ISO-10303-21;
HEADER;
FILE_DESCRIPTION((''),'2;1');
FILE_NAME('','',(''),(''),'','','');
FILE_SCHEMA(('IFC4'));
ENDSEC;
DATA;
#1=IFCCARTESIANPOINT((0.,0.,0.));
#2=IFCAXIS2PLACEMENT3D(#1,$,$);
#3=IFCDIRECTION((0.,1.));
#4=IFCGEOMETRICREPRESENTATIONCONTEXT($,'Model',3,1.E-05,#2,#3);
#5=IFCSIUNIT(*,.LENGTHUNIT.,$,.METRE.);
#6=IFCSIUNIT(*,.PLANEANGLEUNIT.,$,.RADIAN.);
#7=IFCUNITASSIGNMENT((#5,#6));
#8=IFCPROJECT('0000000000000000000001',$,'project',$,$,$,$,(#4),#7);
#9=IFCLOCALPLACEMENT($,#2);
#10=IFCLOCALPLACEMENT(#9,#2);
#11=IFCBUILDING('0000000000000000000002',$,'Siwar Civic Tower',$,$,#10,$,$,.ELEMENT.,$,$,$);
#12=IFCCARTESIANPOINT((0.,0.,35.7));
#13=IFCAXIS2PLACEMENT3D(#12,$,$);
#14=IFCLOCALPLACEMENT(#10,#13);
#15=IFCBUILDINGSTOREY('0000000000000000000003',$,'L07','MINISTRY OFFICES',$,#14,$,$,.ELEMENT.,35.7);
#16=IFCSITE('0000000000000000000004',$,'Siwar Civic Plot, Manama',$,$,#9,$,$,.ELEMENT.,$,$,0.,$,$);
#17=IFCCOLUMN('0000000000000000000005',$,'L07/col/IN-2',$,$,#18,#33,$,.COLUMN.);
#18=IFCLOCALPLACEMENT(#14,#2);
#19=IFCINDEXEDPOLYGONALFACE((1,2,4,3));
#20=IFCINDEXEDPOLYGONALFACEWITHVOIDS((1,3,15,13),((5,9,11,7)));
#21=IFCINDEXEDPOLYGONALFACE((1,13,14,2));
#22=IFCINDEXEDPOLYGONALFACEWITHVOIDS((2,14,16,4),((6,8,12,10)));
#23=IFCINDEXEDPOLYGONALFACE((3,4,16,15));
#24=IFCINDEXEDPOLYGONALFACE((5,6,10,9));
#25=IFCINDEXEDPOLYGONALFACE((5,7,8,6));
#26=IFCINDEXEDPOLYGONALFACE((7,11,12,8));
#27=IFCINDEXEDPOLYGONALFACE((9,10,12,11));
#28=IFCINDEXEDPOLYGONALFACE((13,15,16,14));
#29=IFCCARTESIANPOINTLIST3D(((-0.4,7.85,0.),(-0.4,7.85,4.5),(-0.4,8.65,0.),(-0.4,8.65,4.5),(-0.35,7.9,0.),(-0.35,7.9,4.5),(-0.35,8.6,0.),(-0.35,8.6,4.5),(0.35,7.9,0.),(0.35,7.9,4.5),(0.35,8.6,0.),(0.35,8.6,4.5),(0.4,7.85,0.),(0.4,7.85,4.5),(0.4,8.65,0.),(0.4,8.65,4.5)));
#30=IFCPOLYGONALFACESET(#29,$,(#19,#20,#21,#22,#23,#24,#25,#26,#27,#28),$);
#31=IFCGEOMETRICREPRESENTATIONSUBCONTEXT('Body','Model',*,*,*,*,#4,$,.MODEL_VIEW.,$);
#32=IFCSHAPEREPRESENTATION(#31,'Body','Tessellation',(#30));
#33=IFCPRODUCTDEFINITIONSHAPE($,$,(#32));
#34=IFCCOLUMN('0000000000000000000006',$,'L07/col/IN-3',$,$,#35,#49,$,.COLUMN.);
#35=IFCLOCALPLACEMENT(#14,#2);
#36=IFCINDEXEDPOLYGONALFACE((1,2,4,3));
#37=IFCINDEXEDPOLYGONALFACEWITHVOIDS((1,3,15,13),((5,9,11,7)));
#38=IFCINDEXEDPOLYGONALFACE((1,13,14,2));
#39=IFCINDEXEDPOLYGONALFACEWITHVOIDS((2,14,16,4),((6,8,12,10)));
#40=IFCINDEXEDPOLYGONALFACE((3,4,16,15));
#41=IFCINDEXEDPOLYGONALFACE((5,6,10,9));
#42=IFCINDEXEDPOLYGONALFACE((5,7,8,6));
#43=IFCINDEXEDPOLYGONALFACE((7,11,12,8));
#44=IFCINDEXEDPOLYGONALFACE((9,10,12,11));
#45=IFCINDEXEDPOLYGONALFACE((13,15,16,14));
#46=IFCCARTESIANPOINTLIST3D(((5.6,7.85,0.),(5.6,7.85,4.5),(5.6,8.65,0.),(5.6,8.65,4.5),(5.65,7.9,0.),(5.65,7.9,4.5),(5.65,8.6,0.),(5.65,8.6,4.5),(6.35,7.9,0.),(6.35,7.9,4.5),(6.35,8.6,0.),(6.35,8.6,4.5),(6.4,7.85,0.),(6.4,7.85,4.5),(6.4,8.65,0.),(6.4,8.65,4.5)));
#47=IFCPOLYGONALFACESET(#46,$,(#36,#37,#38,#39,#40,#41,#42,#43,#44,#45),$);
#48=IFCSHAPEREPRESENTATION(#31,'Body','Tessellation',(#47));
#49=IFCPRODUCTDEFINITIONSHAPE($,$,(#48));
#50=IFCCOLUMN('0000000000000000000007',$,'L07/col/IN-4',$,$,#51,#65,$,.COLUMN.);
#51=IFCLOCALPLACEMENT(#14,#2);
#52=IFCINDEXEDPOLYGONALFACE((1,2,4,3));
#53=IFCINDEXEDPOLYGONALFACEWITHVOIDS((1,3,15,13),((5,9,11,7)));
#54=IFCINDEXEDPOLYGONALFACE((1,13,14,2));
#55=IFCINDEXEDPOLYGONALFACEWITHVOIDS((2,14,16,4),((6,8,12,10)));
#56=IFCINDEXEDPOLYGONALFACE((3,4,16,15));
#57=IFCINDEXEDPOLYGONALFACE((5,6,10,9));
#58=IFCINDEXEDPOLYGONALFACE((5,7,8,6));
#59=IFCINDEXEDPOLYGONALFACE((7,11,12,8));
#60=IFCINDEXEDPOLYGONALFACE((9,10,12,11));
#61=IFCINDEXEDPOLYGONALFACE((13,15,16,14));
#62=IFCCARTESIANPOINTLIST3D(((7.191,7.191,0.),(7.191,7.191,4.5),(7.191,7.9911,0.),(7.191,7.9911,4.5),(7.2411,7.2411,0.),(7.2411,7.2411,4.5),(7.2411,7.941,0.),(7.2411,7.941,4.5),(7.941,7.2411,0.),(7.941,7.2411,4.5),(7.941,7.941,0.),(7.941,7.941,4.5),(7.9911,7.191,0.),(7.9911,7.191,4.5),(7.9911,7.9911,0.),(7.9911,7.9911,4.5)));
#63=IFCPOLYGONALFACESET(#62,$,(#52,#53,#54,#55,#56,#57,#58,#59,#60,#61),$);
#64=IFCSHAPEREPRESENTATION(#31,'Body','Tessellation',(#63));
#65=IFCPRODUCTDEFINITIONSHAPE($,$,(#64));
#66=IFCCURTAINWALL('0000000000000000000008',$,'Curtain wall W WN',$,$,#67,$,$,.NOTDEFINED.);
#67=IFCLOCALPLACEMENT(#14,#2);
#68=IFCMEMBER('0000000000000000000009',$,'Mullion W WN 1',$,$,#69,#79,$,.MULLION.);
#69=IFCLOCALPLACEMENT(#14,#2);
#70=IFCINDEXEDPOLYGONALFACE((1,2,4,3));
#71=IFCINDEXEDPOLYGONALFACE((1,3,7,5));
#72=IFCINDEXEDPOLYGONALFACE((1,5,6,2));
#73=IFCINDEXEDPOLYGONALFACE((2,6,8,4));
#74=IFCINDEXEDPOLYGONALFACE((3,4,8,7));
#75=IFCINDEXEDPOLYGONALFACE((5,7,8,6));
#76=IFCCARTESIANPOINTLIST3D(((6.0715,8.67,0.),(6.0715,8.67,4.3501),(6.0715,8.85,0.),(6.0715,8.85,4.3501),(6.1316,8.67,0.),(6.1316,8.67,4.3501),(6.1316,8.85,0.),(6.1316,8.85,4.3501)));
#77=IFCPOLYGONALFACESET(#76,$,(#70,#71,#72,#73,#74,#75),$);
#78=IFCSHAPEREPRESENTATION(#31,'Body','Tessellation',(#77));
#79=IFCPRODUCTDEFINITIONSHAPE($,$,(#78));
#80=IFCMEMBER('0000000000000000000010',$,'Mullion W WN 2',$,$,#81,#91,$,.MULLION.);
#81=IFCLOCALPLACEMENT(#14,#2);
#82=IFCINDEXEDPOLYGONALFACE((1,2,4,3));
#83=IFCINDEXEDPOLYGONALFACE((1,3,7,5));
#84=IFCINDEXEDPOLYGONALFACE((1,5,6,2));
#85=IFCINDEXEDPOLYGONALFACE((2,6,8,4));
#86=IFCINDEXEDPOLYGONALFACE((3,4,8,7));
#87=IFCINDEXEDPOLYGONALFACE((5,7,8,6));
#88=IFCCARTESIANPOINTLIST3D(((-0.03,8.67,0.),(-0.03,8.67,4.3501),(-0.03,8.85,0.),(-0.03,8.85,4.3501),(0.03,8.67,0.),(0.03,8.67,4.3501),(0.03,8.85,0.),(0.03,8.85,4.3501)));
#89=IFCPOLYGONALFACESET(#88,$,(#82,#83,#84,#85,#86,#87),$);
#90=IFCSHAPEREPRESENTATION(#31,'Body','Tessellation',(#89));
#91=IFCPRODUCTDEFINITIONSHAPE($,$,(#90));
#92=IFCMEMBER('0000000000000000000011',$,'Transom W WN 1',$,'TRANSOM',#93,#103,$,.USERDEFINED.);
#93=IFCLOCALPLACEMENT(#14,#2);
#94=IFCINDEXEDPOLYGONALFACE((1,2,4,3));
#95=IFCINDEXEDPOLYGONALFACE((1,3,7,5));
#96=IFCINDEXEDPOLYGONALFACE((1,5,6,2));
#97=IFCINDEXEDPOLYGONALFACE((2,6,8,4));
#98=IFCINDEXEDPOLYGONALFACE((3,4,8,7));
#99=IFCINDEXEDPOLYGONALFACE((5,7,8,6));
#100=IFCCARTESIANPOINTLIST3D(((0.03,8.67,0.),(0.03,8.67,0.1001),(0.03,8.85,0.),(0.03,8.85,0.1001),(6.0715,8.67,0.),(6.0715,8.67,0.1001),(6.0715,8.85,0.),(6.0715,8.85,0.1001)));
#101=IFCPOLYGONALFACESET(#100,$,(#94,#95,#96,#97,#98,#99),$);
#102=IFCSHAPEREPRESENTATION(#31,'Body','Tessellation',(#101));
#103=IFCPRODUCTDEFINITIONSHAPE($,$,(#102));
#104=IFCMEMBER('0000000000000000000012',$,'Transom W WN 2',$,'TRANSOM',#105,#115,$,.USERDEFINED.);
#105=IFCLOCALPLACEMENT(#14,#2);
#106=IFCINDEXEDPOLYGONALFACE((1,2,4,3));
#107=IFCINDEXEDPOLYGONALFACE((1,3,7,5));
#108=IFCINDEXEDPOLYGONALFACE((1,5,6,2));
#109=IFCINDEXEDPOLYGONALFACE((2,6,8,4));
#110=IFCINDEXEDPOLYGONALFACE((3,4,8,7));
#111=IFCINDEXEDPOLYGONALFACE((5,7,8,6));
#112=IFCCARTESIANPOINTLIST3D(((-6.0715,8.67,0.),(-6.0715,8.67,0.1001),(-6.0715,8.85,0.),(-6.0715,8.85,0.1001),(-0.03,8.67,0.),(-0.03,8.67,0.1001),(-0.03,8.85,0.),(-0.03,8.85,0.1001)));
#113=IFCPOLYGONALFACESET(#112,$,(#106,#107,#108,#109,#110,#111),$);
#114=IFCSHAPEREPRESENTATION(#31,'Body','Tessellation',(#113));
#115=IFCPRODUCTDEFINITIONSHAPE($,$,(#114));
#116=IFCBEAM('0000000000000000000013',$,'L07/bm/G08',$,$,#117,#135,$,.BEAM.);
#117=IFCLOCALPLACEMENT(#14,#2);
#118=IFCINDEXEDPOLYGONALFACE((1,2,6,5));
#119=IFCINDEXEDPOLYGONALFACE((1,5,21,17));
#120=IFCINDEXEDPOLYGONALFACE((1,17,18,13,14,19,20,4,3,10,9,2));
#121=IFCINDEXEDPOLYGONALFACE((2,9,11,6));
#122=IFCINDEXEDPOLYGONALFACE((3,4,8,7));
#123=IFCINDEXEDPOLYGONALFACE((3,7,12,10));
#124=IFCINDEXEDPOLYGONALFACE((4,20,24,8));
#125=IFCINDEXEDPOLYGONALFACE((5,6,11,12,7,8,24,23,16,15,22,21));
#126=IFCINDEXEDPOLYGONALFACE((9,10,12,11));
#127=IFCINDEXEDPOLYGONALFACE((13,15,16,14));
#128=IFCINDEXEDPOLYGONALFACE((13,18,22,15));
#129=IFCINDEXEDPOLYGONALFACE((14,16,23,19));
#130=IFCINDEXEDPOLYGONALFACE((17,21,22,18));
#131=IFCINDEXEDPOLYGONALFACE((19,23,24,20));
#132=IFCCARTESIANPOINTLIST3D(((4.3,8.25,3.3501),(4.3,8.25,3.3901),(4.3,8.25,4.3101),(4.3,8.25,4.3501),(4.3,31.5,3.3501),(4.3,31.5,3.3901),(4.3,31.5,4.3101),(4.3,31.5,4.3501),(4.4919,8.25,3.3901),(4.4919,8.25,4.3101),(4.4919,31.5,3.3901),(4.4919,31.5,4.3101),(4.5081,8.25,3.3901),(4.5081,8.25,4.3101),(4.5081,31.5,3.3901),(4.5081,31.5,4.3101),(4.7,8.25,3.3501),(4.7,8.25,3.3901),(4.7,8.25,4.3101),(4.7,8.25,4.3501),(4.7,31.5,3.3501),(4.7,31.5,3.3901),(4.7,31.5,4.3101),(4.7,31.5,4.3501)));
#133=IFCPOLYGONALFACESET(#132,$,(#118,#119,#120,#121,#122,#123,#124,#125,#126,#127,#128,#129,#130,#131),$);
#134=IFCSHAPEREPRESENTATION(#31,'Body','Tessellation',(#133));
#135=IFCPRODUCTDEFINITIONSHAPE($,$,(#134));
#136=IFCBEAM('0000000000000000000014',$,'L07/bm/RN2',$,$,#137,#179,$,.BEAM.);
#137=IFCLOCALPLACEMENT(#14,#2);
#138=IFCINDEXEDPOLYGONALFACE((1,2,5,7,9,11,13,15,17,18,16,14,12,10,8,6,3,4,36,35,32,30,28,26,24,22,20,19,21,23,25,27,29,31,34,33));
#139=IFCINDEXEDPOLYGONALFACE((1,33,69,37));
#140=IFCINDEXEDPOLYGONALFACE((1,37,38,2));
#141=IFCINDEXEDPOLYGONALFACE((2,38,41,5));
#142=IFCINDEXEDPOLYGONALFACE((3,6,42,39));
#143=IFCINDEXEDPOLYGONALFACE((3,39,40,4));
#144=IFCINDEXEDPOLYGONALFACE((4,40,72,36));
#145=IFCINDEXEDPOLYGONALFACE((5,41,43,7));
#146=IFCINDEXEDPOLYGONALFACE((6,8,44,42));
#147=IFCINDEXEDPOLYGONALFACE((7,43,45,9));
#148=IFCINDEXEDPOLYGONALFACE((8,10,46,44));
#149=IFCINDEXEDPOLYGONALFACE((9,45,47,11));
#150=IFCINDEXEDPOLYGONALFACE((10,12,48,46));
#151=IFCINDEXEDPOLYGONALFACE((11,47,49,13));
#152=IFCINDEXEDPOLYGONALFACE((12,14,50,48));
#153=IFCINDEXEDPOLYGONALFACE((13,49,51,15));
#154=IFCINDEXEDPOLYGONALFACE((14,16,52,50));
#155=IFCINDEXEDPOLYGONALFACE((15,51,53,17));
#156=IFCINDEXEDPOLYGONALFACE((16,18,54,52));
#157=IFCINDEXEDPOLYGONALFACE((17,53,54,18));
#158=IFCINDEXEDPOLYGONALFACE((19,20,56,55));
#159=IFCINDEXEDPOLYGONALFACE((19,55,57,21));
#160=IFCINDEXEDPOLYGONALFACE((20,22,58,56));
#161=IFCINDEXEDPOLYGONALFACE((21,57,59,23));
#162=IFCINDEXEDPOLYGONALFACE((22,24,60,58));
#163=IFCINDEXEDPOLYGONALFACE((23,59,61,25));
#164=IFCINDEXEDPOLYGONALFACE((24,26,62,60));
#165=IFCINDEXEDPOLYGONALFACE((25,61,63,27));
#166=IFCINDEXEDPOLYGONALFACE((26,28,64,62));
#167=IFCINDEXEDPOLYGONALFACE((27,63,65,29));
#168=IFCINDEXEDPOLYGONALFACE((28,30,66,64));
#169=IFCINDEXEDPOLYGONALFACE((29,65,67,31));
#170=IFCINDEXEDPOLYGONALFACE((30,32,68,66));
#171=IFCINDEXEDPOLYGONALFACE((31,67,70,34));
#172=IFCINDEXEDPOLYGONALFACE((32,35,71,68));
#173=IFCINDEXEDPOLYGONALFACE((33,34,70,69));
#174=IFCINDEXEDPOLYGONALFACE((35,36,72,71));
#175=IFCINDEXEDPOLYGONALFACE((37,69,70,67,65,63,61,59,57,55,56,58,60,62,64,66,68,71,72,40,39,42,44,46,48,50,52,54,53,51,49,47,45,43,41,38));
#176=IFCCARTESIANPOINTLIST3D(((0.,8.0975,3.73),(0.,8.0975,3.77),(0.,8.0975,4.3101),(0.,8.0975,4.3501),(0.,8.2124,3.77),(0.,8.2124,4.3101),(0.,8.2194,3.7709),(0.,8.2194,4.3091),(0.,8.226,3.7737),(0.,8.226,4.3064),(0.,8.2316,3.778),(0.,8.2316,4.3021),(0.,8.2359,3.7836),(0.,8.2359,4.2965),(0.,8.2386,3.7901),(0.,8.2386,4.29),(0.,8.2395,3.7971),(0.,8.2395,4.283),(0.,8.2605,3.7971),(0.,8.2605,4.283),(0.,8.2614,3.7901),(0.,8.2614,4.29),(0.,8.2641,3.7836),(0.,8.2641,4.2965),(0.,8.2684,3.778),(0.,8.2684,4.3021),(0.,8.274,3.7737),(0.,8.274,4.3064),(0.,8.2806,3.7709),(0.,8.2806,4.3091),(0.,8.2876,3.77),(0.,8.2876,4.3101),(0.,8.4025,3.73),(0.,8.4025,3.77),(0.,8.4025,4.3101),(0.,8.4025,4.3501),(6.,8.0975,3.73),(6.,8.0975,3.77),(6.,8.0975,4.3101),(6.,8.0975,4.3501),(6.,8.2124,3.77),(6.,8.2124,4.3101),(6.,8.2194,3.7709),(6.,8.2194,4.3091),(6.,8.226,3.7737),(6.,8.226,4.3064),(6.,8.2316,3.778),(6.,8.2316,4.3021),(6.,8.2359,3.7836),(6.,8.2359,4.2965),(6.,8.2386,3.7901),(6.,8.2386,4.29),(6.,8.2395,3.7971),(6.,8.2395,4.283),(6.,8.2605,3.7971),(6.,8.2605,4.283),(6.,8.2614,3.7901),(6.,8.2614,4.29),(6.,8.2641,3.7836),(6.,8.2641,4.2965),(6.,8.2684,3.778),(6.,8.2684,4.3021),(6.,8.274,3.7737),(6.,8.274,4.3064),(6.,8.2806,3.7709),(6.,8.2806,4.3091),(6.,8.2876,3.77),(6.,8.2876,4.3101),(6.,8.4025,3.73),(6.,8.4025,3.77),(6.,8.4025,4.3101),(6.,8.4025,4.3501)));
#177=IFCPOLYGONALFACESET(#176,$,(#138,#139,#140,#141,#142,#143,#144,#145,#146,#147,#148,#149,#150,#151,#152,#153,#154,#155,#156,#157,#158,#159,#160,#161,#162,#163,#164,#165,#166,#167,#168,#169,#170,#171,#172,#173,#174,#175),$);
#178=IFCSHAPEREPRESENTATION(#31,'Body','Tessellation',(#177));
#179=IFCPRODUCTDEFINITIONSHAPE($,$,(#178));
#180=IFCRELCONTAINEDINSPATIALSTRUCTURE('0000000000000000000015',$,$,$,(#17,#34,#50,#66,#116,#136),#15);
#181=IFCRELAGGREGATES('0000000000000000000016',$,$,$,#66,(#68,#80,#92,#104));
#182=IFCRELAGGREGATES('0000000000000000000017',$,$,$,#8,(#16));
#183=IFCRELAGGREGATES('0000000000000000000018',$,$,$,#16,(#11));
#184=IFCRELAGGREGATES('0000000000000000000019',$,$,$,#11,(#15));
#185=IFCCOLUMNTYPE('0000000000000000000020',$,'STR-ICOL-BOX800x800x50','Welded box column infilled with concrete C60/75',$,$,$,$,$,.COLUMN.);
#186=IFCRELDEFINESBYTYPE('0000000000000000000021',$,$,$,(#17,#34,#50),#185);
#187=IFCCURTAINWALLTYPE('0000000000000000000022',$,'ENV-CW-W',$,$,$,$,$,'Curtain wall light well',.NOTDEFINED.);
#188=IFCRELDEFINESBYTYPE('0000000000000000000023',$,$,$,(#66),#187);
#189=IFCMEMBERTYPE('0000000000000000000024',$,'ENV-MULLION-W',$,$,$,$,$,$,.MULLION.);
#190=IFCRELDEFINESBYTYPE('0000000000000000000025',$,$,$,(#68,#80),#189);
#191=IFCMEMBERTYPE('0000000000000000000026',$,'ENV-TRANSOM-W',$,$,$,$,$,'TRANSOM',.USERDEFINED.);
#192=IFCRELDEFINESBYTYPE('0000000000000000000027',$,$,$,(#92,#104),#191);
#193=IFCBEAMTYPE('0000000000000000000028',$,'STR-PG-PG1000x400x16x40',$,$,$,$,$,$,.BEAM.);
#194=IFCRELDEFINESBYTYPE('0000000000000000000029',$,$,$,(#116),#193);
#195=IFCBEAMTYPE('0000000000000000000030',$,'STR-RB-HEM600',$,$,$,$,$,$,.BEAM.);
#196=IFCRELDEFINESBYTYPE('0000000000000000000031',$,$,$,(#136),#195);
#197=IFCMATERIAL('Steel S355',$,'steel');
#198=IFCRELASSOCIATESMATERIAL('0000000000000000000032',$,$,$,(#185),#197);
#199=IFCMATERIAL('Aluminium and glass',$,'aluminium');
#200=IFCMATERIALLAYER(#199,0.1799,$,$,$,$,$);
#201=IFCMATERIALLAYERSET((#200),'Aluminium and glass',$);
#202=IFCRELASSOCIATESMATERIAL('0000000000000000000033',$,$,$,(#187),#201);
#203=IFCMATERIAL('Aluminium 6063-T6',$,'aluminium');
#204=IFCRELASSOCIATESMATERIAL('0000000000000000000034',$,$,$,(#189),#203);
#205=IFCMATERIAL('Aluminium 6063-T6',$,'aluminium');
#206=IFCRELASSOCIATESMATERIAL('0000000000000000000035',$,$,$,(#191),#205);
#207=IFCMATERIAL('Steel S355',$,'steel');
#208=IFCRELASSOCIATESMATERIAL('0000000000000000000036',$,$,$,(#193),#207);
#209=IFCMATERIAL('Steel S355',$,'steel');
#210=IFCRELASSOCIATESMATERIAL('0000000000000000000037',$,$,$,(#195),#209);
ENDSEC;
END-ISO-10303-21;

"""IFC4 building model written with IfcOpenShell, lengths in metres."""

from ifc_helpers import new_model, si_unit, direction, frame, origin, origin_2d, place, context, subcontext, project, spatial, rectangle, hollow_rectangle, i_section, extrude, material, layer, layer_set, material_profile, profile_set, type_object, element, aggregate, save


model = new_model("IFC4")

# Units and contexts
model_context = context("Model", 3, precision=1e-05, world=origin(), true_north=direction((0.0, 1.0)))
body_context = subcontext(model_context, "Body", "Model", "MODEL_VIEW")
ifc_project = project(units=[si_unit("LENGTHUNIT", "METRE"), si_unit("PLANEANGLEUNIT", "RADIAN")], contexts=[model_context])

# Site, building, storey
site_placement = place(None, origin())
site = spatial("IfcSite", under=ifc_project, at=site_placement, Name="Siwar Civic Plot, Manama", CompositionType="ELEMENT", RefElevation=0.0)
building_placement = place(site_placement, origin())
building = spatial("IfcBuilding", under=site, at=building_placement, Name="Siwar Civic Tower", CompositionType="ELEMENT")
storey_placement = place(building_placement, frame((0.0, 0.0, 35.7)))
storey = spatial("IfcBuildingStorey", under=building, at=storey_placement, Name="L07", Description="MINISTRY OFFICES", CompositionType="ELEMENT", Elevation=35.7)

# Columns
ifc_material_1 = material(Name="Steel S355", Category="steel")
ifc_material_profile_1 = material_profile(ifc_material_1, hollow_rectangle(XDim=0.8, YDim=0.8, WallThickness=0.05, at=origin_2d()), Name="BOX800x800x50")
ifc_profile_set_1 = profile_set([ifc_material_profile_1], Name="Steel S355")
column_type = type_object("IfcColumnType", Name="STR-ICOL-BOX800x800x50", Description="Welded box column infilled with concrete C60/75", PredefinedType="COLUMN", material=ifc_profile_set_1)
for number, where, z_axis, x_axis, name in (
    (1, (0.0, 8.25, 0.0), (0.0, 0.0, 1.0), (1.0, 0.0, 0.0), "L07/col/IN-2"),
    (2, (6.0, 8.25, 0.0), (0.0, 0.0, 1.0), (1.0, 0.0, 0.0), "L07/col/IN-3"),
    (3, (7.5911, 7.5911, 0.0), (0.0, 0.0, 1.0), (1.0, 0.0, 0.0), "L07/col/IN-4"),
):
    element("IfcColumn", number, at=place(storey_placement, frame(where, z_axis=z_axis, x_axis=x_axis)), inside=storey, type_object=column_type, Name=name, PredefinedType="COLUMN", context=body_context, shape_type="SweptSolid", body=[
        extrude(hollow_rectangle(XDim=0.8, YDim=0.8, WallThickness=0.05, at=origin_2d()), origin(), (0.0, 0.0, 1.0), 4.5),
    ])

# Curtain wall, members
ifc_material_2 = material(Name="Aluminium and glass", Category="aluminium")
ifc_layer_1 = layer(ifc_material_2, 0.1799)
ifc_layer_set_1 = layer_set([ifc_layer_1], Name="Aluminium and glass")
curtain_wall_type = type_object("IfcCurtainWallType", Name="ENV-CW-W", ElementType="Curtain wall light well", PredefinedType="NOTDEFINED", material=ifc_layer_set_1)
curtain_wall_placement = place(storey_placement, origin())
curtain_wall = element("IfcCurtainWall", 4, at=curtain_wall_placement, inside=storey, type_object=curtain_wall_type, Name="Curtain wall W WN", PredefinedType="NOTDEFINED")
ifc_material_3 = material(Name="Aluminium 6063-T6", Category="aluminium")
ifc_material_profile_2 = material_profile(ifc_material_3, rectangle(XDim=0.1799, YDim=0.0601, at=origin_2d()), Name="AL 180x60")
ifc_profile_set_2 = profile_set([ifc_material_profile_2], Name="Aluminium 6063-T6")
member_type_1 = type_object("IfcMemberType", Name="ENV-MULLION-W", PredefinedType="MULLION", material=ifc_profile_set_2)
member_1_placement = place(storey_placement, frame((6.1016, 8.76, 0.0), z_axis=(0.0, 0.0, 1.0), x_axis=(0.0, -1.0, 0.0)))
member_1 = element("IfcMember", 5, at=member_1_placement, type_object=member_type_1, Name="Mullion W WN 1", PredefinedType="MULLION", context=body_context, shape_type="SweptSolid", body=[
    extrude(rectangle(XDim=0.1799, YDim=0.0601, at=origin_2d()), origin(), (0.0, 0.0, 1.0), 4.3501),
])
member_2_placement = place(storey_placement, frame((0.0, 8.76, 0.0), z_axis=(0.0, 0.0, 1.0), x_axis=(0.0, -1.0, 0.0)))
member_2 = element("IfcMember", 6, at=member_2_placement, type_object=member_type_1, Name="Mullion W WN 2", PredefinedType="MULLION", context=body_context, shape_type="SweptSolid", body=[
    extrude(rectangle(XDim=0.1799, YDim=0.0601, at=origin_2d()), origin(), (0.0, 0.0, 1.0), 4.3501),
])
ifc_material_4 = material(Name="Aluminium 6063-T6", Category="aluminium")
ifc_material_profile_3 = material_profile(ifc_material_4, rectangle(XDim=0.1799, YDim=0.1001, at=origin_2d()), Name="AL 180x100")
ifc_profile_set_3 = profile_set([ifc_material_profile_3], Name="Aluminium 6063-T6")
member_type_2 = type_object("IfcMemberType", Name="ENV-TRANSOM-W", ElementType="TRANSOM", PredefinedType="USERDEFINED", material=ifc_profile_set_3)
member_3_placement = place(storey_placement, frame((6.0715, 8.76, 0.05), z_axis=(-1.0, 0.0, 0.0), x_axis=(0.0, -1.0, 0.0)))
member_3 = element("IfcMember", 7, at=member_3_placement, type_object=member_type_2, Name="Transom W WN 1", ObjectType="TRANSOM", PredefinedType="USERDEFINED", context=body_context, shape_type="SweptSolid", body=[
    extrude(rectangle(XDim=0.1799, YDim=0.1001, at=origin_2d()), origin(), (0.0, 0.0, 1.0), 6.0415),
])
member_4_placement = place(storey_placement, frame((-0.03, 8.76, 0.05), z_axis=(-1.0, 0.0, 0.0), x_axis=(0.0, -1.0, 0.0)))
member_4 = element("IfcMember", 8, at=member_4_placement, type_object=member_type_2, Name="Transom W WN 2", ObjectType="TRANSOM", PredefinedType="USERDEFINED", context=body_context, shape_type="SweptSolid", body=[
    extrude(rectangle(XDim=0.1799, YDim=0.1001, at=origin_2d()), origin(), (0.0, 0.0, 1.0), 6.0415),
])

# Beams
ifc_material_5 = material(Name="Steel S355", Category="steel")
ifc_material_profile_4 = material_profile(ifc_material_5, i_section(OverallWidth=0.3999, OverallDepth=1.0, WebThickness=0.0161, FlangeThickness=0.04, at=origin_2d()), Name="PG1000x400x16x40")
ifc_profile_set_4 = profile_set([ifc_material_profile_4], Name="Steel S355")
beam_type_1 = type_object("IfcBeamType", Name="STR-PG-PG1000x400x16x40", PredefinedType="BEAM", material=ifc_profile_set_4)
beam_1_placement = place(storey_placement, frame((4.5, 8.25, 3.8501), z_axis=(0.0, 1.0, 0.0), x_axis=(-1.0, 0.0, 0.0)))
element("IfcBeam", 9, at=beam_1_placement, inside=storey, type_object=beam_type_1, Name="L07/bm/G08", PredefinedType="BEAM", context=body_context, shape_type="SweptSolid", body=[
    extrude(i_section(OverallWidth=0.3999, OverallDepth=1.0, WebThickness=0.0161, FlangeThickness=0.04, at=origin_2d()), origin(), (0.0, 0.0, 1.0), 23.25),
])
ifc_material_6 = material(Name="Steel S355", Category="steel")
ifc_material_profile_5 = material_profile(ifc_material_6, i_section(OverallWidth=0.3049, OverallDepth=0.6201, WebThickness=0.021, FlangeThickness=0.04, FilletRadius=0.0271, at=origin_2d()), Name="HEM600")
ifc_profile_set_5 = profile_set([ifc_material_profile_5], Name="Steel S355")
beam_type_2 = type_object("IfcBeamType", Name="STR-RB-HEM600", PredefinedType="BEAM", material=ifc_profile_set_5)
beam_2_placement = place(storey_placement, frame((0.0, 8.25, 4.04), z_axis=(1.0, 0.0, 0.0), x_axis=(0.0, 1.0, 0.0)))
element("IfcBeam", 10, at=beam_2_placement, inside=storey, type_object=beam_type_2, Name="L07/bm/RN2", PredefinedType="BEAM", context=body_context, shape_type="SweptSolid", body=[
    extrude(i_section(OverallWidth=0.3049, OverallDepth=0.6201, WebThickness=0.021, FlangeThickness=0.04, FilletRadius=0.0271, at=origin_2d()), origin(), (0.0, 0.0, 1.0), 6.0),
])

aggregate(curtain_wall, [member_1, member_2, member_3, member_4])

save(model, "model.ifc")
